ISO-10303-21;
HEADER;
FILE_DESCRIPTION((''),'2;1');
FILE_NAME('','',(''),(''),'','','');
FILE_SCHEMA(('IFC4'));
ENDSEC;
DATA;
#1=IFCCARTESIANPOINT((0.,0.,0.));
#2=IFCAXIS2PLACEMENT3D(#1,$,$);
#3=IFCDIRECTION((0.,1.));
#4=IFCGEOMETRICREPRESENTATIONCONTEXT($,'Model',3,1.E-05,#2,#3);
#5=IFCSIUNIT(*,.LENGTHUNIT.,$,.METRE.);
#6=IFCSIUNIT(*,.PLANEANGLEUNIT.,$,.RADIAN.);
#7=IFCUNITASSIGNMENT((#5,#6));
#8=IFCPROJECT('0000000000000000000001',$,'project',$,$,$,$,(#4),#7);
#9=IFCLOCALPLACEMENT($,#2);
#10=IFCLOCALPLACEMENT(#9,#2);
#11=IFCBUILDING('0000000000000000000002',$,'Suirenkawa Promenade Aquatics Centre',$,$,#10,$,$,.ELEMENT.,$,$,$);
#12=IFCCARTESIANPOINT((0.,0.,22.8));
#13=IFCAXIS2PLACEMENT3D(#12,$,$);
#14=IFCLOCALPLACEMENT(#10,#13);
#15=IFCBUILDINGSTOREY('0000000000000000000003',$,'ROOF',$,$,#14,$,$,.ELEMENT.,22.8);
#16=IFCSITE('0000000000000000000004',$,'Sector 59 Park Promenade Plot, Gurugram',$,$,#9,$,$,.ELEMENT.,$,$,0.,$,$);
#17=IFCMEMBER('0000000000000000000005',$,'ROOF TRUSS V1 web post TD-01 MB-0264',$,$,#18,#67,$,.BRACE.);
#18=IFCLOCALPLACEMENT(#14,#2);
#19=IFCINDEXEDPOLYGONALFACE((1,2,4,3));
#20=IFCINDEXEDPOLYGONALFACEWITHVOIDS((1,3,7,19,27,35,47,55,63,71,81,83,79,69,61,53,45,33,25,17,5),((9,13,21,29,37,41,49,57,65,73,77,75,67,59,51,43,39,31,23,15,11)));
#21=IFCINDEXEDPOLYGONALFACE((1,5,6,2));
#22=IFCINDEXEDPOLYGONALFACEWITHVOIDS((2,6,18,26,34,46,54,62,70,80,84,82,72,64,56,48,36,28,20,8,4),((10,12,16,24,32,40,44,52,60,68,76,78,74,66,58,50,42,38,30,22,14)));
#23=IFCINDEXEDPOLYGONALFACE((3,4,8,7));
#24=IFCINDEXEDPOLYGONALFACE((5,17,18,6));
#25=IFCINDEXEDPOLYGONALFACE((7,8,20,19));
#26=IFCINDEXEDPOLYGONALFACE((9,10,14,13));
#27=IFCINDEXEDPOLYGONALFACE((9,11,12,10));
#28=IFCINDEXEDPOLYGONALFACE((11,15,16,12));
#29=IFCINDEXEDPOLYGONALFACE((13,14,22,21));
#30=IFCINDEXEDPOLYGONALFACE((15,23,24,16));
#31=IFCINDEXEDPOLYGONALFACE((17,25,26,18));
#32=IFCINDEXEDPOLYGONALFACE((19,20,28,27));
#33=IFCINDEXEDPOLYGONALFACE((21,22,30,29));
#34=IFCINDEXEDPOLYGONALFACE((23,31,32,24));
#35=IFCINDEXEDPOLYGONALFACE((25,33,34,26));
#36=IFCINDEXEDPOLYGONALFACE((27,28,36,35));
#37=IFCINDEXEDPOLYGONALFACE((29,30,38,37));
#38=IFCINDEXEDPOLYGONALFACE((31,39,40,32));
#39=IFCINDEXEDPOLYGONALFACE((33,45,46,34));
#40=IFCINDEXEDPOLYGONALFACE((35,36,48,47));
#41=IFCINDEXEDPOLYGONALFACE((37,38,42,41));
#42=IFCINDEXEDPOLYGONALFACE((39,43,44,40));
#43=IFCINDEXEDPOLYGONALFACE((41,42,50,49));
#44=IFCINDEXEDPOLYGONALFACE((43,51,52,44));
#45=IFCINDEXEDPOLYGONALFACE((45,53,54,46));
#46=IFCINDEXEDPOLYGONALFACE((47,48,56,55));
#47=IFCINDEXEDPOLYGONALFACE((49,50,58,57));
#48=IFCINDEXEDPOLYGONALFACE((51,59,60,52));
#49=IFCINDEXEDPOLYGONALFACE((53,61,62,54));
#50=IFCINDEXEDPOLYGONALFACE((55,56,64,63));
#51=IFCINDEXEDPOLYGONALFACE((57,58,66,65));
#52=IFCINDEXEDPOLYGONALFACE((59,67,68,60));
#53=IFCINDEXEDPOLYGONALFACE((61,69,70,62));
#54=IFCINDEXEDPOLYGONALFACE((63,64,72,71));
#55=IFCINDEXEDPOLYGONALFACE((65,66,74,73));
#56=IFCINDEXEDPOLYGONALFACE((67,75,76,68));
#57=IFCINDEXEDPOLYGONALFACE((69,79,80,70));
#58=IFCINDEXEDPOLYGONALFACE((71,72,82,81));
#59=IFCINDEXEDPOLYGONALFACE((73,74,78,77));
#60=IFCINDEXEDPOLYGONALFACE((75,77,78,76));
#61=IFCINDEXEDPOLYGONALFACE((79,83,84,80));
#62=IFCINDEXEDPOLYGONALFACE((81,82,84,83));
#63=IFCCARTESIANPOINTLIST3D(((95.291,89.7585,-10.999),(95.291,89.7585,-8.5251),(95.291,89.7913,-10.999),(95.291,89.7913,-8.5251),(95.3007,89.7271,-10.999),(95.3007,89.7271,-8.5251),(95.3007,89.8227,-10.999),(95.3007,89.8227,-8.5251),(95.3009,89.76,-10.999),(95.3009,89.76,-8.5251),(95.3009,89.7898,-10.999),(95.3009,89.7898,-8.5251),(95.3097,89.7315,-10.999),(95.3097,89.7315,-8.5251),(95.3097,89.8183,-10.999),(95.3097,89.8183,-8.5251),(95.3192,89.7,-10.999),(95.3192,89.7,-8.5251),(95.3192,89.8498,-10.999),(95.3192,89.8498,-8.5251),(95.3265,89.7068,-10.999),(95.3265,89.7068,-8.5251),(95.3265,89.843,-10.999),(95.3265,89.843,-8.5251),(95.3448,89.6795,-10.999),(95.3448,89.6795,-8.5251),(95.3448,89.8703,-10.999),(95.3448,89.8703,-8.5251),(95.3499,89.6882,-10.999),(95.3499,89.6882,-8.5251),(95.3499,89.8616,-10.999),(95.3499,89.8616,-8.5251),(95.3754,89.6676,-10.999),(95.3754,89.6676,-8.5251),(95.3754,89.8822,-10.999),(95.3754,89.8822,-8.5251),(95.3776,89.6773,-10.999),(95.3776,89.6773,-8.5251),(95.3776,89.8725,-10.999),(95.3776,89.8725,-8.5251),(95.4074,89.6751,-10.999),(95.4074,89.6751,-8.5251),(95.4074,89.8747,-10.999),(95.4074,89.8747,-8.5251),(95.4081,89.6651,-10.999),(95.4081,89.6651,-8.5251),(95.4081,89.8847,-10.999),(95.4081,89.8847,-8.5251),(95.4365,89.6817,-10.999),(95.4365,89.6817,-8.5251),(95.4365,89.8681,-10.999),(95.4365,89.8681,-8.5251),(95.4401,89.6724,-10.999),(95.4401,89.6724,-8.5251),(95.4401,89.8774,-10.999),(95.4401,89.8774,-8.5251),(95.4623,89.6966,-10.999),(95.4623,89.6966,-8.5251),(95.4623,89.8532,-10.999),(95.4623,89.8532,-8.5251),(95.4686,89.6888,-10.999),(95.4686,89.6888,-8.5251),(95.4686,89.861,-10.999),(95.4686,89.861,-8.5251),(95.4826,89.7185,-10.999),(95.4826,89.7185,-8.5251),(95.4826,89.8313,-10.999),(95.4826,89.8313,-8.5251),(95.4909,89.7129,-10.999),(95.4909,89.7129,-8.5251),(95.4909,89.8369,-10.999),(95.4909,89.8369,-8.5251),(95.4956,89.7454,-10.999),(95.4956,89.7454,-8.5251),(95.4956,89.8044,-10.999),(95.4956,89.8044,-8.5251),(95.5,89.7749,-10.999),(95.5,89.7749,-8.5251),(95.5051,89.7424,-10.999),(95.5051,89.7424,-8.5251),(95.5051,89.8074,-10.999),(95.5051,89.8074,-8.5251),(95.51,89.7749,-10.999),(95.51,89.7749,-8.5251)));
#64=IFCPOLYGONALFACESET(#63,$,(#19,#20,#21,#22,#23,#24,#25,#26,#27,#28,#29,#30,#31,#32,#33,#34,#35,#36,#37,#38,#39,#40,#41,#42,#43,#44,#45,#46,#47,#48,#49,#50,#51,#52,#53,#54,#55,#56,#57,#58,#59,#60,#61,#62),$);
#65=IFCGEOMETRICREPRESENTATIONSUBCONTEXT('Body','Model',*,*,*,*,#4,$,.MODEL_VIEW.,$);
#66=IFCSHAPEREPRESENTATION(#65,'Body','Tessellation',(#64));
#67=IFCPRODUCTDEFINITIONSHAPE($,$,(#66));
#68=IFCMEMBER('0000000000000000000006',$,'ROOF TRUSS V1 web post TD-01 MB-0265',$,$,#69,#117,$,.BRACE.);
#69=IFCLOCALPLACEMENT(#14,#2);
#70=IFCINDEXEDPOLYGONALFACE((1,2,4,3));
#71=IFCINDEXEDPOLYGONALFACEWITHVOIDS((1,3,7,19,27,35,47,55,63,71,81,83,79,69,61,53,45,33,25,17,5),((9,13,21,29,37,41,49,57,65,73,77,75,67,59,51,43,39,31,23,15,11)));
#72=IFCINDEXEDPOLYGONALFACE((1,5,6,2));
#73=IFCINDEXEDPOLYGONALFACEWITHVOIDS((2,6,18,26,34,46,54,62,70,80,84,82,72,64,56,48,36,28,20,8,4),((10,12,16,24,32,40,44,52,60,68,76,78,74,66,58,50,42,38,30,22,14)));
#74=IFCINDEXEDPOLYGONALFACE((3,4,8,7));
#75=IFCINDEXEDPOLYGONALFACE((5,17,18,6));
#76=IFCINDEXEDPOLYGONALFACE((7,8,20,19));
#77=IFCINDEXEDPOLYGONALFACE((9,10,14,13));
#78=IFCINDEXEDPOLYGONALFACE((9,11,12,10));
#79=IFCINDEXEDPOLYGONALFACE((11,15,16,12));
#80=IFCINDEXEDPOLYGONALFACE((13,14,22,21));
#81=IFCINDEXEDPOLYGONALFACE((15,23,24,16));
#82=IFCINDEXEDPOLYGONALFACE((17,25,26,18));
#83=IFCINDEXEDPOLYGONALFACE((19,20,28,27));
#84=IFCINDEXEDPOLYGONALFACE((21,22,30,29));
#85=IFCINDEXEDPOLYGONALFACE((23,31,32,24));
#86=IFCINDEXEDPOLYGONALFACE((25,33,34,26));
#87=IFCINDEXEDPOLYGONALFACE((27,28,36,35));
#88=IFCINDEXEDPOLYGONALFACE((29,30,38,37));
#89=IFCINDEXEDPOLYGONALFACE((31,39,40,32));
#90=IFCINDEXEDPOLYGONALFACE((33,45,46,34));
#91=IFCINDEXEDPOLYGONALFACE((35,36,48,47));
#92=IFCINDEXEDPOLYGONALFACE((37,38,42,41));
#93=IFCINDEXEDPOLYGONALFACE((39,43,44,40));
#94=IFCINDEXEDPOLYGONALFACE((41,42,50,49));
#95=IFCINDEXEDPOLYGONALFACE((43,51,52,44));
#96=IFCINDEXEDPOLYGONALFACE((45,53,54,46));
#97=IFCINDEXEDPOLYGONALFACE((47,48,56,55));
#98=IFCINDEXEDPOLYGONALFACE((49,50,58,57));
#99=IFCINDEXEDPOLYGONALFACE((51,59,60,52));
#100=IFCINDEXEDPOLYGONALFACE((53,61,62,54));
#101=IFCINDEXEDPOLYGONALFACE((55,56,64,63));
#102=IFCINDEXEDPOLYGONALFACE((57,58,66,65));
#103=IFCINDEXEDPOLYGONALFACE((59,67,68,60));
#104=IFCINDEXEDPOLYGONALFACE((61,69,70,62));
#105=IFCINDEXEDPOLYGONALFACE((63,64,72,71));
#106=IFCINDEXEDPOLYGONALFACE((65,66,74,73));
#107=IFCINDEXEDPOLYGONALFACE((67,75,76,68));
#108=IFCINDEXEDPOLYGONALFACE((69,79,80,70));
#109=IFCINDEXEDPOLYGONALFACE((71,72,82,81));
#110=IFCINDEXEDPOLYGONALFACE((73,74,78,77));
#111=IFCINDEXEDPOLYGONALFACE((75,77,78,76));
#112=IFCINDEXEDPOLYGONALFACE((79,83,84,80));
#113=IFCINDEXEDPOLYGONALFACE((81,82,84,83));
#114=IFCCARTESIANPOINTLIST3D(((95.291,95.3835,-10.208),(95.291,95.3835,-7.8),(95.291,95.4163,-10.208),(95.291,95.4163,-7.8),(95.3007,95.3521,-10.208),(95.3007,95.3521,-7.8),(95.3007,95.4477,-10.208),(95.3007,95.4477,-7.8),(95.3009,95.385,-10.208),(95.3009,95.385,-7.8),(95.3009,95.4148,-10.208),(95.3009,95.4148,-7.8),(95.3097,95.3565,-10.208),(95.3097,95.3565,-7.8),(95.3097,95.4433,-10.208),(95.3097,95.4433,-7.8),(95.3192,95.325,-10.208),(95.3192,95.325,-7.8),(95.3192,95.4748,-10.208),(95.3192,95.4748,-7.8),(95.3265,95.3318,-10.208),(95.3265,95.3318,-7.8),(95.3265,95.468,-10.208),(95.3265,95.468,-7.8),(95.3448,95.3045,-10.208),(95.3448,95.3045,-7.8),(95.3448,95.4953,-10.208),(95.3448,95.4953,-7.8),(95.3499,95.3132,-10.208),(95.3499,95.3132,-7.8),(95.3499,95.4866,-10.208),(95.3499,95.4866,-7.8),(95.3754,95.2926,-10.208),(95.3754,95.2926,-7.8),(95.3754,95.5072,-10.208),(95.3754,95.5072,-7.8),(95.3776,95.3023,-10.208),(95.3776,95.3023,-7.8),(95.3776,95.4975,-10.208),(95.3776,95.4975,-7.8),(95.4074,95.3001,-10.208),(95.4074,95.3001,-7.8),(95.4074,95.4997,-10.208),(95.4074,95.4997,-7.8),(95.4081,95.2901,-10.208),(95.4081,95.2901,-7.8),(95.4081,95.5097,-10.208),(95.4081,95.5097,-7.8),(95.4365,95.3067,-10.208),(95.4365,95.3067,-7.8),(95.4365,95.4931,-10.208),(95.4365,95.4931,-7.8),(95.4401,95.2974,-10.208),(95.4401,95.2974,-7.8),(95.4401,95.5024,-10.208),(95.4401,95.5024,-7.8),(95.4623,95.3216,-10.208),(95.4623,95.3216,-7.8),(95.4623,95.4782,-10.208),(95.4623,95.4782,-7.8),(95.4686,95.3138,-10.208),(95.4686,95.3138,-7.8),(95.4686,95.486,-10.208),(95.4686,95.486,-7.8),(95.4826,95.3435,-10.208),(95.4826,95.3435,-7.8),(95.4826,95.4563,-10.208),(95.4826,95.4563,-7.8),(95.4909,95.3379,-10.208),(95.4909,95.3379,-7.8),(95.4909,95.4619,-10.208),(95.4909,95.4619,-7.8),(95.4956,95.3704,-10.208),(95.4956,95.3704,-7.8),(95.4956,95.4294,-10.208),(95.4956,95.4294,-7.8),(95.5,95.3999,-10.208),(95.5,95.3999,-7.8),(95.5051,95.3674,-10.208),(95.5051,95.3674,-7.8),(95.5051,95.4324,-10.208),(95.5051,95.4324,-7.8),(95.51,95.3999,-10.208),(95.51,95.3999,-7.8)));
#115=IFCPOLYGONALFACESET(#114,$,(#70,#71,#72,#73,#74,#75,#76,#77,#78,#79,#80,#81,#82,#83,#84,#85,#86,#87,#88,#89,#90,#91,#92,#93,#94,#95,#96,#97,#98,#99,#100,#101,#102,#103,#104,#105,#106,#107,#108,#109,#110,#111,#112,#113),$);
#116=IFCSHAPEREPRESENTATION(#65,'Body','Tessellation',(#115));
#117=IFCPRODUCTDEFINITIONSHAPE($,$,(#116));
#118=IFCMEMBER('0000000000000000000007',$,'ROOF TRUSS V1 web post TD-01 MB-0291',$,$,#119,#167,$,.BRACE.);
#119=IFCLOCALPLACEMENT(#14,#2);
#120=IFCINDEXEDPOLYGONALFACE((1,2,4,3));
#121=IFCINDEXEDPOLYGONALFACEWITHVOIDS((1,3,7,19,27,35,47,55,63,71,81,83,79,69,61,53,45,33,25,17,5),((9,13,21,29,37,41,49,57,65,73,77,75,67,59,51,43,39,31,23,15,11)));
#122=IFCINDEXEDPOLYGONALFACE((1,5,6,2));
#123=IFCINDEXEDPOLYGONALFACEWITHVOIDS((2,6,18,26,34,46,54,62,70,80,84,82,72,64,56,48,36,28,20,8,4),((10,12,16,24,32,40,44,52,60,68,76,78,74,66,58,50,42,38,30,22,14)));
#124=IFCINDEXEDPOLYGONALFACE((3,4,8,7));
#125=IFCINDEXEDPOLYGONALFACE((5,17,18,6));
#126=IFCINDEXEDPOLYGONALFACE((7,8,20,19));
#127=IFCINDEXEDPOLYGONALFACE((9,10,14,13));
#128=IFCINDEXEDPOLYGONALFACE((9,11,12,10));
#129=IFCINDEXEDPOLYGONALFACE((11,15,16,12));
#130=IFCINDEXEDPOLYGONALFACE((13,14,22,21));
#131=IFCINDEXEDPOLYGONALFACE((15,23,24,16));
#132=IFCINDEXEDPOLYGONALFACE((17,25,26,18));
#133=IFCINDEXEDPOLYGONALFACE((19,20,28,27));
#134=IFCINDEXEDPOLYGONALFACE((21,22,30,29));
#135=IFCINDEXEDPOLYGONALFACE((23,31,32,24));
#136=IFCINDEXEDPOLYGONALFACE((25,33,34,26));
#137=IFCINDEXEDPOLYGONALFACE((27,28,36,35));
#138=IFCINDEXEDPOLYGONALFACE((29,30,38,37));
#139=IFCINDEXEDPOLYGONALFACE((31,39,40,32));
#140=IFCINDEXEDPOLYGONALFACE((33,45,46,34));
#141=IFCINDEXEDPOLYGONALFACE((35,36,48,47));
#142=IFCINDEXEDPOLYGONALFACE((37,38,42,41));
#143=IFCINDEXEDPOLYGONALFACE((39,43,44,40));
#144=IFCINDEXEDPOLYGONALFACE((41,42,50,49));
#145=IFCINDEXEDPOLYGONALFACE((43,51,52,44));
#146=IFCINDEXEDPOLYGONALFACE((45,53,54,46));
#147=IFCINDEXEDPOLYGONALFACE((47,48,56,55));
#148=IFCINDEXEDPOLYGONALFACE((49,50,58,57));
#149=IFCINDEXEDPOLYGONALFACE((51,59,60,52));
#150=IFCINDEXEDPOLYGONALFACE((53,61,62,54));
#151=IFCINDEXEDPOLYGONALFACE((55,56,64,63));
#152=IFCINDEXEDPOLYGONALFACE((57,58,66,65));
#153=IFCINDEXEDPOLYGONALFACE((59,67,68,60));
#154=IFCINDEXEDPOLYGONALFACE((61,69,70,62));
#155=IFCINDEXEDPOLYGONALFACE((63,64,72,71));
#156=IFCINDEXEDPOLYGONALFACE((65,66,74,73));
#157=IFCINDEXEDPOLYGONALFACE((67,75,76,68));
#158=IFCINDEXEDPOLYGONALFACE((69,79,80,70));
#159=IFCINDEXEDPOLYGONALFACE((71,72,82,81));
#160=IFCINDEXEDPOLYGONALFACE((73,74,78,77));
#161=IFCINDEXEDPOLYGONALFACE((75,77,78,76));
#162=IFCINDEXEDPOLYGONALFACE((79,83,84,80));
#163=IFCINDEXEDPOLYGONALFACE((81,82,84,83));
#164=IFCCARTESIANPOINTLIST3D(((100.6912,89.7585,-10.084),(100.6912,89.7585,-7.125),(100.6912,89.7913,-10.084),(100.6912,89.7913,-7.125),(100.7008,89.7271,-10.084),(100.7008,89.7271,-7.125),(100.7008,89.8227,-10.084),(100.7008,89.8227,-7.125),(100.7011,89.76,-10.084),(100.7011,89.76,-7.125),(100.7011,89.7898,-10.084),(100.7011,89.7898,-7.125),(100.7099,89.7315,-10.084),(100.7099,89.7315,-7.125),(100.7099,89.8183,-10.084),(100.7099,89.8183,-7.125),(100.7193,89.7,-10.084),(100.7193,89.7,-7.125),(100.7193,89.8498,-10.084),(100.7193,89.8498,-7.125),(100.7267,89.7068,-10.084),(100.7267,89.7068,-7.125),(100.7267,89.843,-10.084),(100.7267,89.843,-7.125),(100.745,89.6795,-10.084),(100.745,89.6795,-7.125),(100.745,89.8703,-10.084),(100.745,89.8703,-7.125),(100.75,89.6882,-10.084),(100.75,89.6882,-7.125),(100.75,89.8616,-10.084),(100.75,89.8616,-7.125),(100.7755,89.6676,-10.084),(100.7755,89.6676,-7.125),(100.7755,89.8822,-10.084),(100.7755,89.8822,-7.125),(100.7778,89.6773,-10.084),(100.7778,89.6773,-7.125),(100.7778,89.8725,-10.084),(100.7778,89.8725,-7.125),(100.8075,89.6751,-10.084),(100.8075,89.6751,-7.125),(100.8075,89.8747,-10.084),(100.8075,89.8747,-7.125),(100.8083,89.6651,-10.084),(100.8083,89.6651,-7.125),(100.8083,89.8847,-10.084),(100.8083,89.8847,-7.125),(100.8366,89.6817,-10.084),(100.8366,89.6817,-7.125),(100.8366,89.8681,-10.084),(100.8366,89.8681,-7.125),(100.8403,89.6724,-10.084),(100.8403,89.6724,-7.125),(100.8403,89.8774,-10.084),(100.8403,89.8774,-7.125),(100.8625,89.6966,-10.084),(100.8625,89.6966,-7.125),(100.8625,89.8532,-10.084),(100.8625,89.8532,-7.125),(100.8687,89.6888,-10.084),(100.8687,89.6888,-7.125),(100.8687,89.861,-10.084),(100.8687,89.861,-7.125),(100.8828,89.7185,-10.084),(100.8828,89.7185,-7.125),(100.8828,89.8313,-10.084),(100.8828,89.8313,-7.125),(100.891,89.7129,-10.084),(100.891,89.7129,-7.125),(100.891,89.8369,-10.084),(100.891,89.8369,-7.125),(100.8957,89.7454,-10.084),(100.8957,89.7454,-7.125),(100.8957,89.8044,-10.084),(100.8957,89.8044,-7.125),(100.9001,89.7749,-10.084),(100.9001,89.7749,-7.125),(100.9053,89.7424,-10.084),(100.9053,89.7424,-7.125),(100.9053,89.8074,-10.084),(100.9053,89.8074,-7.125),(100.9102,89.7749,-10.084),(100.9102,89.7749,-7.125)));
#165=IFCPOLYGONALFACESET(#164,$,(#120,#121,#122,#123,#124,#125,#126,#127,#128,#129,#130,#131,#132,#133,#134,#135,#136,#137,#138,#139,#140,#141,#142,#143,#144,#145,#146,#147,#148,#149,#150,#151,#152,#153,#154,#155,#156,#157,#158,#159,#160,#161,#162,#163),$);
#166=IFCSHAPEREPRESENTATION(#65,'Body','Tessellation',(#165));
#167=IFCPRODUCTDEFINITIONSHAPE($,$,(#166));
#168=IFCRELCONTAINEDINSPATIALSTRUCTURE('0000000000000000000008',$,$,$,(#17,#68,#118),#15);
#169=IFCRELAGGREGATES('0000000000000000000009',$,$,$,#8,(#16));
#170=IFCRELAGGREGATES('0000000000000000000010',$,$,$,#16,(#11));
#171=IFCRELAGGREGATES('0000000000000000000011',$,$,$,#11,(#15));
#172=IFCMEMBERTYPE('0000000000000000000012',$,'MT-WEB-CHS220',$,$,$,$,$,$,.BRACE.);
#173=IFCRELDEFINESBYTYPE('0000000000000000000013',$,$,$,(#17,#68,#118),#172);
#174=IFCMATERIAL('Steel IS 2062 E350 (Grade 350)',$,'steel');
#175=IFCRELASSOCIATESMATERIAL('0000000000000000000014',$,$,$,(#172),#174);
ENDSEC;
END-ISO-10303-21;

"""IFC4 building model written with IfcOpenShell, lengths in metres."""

from ifc_helpers import new_model, si_unit, direction, frame, origin, origin_2d, place, context, subcontext, project, spatial, hollow_circle, extrude, material, material_profile, profile_set, type_object, element, save


model = new_model("IFC4")

# Units and contexts
model_context = context("Model", 3, precision=1e-05, world=origin(), true_north=direction((0.0, 1.0)))
body_context = subcontext(model_context, "Body", "Model", "MODEL_VIEW")
ifc_project = project(units=[si_unit("LENGTHUNIT", "METRE"), si_unit("PLANEANGLEUNIT", "RADIAN")], contexts=[model_context])

# Site, building, storey
site_placement = place(None, origin())
site = spatial("IfcSite", under=ifc_project, at=site_placement, Name="Sector 59 Park Promenade Plot, Gurugram", CompositionType="ELEMENT", RefElevation=0.0)
building_placement = place(site_placement, origin())
building = spatial("IfcBuilding", under=site, at=building_placement, Name="Suirenkawa Promenade Aquatics Centre", CompositionType="ELEMENT")
storey_placement = place(building_placement, frame((0.0, 0.0, 22.8)))
storey = spatial("IfcBuildingStorey", under=building, at=storey_placement, Name="ROOF", CompositionType="ELEMENT", Elevation=22.8)

# Shared definitions
ifc_material = material(Name="Steel IS 2062 E350 (Grade 350)", Category="steel")

# Members
ifc_material_profile_1 = material_profile(ifc_material, hollow_circle(Radius=0.1101, WallThickness=0.01, at=origin_2d()), Name="CHS 220x10", Category="steel")
ifc_profile_set_1 = profile_set([ifc_material_profile_1], Name="Steel IS 2062 E350 (Grade 350)")
member_type_1 = type_object("IfcMemberType", Name="MT-WEB-CHS220", PredefinedType="BRACE", material=ifc_profile_set_1)
member_1_placement = place(storey_placement, frame((95.3999, 89.7749, -10.999), z_axis=(0.0, 0.0, 1.0), x_axis=(1.0, 0.0, 0.0)))
element("IfcMember", 1, at=member_1_placement, inside=storey, type_object=member_type_1, Name="ROOF TRUSS V1 web post TD-01 MB-0264", PredefinedType="BRACE", context=body_context, shape_type="SweptSolid", body=[
    extrude(hollow_circle(Radius=0.1101, WallThickness=0.01, at=origin_2d()), origin(), (0.0, 0.0, 1.0), 2.4739),
])
member_2_placement = place(storey_placement, frame((95.3999, 95.3999, -10.208), z_axis=(0.0, 0.0, 1.0), x_axis=(1.0, 0.0, 0.0)))
element("IfcMember", 2, at=member_2_placement, inside=storey, type_object=member_type_1, Name="ROOF TRUSS V1 web post TD-01 MB-0265", PredefinedType="BRACE", context=body_context, shape_type="SweptSolid", body=[
    extrude(hollow_circle(Radius=0.1101, WallThickness=0.01, at=origin_2d()), origin(), (0.0, 0.0, 1.0), 2.408),
])
member_3_placement = place(storey_placement, frame((100.8, 89.7749, -10.084), z_axis=(0.0, 0.0, 1.0), x_axis=(1.0, 0.0, 0.0)))
element("IfcMember", 3, at=member_3_placement, inside=storey, type_object=member_type_1, Name="ROOF TRUSS V1 web post TD-01 MB-0291", PredefinedType="BRACE", context=body_context, shape_type="SweptSolid", body=[
    extrude(hollow_circle(Radius=0.1101, WallThickness=0.01, at=origin_2d()), origin(), (0.0, 0.0, 1.0), 2.959),
])

save(model, "model.ifc")
